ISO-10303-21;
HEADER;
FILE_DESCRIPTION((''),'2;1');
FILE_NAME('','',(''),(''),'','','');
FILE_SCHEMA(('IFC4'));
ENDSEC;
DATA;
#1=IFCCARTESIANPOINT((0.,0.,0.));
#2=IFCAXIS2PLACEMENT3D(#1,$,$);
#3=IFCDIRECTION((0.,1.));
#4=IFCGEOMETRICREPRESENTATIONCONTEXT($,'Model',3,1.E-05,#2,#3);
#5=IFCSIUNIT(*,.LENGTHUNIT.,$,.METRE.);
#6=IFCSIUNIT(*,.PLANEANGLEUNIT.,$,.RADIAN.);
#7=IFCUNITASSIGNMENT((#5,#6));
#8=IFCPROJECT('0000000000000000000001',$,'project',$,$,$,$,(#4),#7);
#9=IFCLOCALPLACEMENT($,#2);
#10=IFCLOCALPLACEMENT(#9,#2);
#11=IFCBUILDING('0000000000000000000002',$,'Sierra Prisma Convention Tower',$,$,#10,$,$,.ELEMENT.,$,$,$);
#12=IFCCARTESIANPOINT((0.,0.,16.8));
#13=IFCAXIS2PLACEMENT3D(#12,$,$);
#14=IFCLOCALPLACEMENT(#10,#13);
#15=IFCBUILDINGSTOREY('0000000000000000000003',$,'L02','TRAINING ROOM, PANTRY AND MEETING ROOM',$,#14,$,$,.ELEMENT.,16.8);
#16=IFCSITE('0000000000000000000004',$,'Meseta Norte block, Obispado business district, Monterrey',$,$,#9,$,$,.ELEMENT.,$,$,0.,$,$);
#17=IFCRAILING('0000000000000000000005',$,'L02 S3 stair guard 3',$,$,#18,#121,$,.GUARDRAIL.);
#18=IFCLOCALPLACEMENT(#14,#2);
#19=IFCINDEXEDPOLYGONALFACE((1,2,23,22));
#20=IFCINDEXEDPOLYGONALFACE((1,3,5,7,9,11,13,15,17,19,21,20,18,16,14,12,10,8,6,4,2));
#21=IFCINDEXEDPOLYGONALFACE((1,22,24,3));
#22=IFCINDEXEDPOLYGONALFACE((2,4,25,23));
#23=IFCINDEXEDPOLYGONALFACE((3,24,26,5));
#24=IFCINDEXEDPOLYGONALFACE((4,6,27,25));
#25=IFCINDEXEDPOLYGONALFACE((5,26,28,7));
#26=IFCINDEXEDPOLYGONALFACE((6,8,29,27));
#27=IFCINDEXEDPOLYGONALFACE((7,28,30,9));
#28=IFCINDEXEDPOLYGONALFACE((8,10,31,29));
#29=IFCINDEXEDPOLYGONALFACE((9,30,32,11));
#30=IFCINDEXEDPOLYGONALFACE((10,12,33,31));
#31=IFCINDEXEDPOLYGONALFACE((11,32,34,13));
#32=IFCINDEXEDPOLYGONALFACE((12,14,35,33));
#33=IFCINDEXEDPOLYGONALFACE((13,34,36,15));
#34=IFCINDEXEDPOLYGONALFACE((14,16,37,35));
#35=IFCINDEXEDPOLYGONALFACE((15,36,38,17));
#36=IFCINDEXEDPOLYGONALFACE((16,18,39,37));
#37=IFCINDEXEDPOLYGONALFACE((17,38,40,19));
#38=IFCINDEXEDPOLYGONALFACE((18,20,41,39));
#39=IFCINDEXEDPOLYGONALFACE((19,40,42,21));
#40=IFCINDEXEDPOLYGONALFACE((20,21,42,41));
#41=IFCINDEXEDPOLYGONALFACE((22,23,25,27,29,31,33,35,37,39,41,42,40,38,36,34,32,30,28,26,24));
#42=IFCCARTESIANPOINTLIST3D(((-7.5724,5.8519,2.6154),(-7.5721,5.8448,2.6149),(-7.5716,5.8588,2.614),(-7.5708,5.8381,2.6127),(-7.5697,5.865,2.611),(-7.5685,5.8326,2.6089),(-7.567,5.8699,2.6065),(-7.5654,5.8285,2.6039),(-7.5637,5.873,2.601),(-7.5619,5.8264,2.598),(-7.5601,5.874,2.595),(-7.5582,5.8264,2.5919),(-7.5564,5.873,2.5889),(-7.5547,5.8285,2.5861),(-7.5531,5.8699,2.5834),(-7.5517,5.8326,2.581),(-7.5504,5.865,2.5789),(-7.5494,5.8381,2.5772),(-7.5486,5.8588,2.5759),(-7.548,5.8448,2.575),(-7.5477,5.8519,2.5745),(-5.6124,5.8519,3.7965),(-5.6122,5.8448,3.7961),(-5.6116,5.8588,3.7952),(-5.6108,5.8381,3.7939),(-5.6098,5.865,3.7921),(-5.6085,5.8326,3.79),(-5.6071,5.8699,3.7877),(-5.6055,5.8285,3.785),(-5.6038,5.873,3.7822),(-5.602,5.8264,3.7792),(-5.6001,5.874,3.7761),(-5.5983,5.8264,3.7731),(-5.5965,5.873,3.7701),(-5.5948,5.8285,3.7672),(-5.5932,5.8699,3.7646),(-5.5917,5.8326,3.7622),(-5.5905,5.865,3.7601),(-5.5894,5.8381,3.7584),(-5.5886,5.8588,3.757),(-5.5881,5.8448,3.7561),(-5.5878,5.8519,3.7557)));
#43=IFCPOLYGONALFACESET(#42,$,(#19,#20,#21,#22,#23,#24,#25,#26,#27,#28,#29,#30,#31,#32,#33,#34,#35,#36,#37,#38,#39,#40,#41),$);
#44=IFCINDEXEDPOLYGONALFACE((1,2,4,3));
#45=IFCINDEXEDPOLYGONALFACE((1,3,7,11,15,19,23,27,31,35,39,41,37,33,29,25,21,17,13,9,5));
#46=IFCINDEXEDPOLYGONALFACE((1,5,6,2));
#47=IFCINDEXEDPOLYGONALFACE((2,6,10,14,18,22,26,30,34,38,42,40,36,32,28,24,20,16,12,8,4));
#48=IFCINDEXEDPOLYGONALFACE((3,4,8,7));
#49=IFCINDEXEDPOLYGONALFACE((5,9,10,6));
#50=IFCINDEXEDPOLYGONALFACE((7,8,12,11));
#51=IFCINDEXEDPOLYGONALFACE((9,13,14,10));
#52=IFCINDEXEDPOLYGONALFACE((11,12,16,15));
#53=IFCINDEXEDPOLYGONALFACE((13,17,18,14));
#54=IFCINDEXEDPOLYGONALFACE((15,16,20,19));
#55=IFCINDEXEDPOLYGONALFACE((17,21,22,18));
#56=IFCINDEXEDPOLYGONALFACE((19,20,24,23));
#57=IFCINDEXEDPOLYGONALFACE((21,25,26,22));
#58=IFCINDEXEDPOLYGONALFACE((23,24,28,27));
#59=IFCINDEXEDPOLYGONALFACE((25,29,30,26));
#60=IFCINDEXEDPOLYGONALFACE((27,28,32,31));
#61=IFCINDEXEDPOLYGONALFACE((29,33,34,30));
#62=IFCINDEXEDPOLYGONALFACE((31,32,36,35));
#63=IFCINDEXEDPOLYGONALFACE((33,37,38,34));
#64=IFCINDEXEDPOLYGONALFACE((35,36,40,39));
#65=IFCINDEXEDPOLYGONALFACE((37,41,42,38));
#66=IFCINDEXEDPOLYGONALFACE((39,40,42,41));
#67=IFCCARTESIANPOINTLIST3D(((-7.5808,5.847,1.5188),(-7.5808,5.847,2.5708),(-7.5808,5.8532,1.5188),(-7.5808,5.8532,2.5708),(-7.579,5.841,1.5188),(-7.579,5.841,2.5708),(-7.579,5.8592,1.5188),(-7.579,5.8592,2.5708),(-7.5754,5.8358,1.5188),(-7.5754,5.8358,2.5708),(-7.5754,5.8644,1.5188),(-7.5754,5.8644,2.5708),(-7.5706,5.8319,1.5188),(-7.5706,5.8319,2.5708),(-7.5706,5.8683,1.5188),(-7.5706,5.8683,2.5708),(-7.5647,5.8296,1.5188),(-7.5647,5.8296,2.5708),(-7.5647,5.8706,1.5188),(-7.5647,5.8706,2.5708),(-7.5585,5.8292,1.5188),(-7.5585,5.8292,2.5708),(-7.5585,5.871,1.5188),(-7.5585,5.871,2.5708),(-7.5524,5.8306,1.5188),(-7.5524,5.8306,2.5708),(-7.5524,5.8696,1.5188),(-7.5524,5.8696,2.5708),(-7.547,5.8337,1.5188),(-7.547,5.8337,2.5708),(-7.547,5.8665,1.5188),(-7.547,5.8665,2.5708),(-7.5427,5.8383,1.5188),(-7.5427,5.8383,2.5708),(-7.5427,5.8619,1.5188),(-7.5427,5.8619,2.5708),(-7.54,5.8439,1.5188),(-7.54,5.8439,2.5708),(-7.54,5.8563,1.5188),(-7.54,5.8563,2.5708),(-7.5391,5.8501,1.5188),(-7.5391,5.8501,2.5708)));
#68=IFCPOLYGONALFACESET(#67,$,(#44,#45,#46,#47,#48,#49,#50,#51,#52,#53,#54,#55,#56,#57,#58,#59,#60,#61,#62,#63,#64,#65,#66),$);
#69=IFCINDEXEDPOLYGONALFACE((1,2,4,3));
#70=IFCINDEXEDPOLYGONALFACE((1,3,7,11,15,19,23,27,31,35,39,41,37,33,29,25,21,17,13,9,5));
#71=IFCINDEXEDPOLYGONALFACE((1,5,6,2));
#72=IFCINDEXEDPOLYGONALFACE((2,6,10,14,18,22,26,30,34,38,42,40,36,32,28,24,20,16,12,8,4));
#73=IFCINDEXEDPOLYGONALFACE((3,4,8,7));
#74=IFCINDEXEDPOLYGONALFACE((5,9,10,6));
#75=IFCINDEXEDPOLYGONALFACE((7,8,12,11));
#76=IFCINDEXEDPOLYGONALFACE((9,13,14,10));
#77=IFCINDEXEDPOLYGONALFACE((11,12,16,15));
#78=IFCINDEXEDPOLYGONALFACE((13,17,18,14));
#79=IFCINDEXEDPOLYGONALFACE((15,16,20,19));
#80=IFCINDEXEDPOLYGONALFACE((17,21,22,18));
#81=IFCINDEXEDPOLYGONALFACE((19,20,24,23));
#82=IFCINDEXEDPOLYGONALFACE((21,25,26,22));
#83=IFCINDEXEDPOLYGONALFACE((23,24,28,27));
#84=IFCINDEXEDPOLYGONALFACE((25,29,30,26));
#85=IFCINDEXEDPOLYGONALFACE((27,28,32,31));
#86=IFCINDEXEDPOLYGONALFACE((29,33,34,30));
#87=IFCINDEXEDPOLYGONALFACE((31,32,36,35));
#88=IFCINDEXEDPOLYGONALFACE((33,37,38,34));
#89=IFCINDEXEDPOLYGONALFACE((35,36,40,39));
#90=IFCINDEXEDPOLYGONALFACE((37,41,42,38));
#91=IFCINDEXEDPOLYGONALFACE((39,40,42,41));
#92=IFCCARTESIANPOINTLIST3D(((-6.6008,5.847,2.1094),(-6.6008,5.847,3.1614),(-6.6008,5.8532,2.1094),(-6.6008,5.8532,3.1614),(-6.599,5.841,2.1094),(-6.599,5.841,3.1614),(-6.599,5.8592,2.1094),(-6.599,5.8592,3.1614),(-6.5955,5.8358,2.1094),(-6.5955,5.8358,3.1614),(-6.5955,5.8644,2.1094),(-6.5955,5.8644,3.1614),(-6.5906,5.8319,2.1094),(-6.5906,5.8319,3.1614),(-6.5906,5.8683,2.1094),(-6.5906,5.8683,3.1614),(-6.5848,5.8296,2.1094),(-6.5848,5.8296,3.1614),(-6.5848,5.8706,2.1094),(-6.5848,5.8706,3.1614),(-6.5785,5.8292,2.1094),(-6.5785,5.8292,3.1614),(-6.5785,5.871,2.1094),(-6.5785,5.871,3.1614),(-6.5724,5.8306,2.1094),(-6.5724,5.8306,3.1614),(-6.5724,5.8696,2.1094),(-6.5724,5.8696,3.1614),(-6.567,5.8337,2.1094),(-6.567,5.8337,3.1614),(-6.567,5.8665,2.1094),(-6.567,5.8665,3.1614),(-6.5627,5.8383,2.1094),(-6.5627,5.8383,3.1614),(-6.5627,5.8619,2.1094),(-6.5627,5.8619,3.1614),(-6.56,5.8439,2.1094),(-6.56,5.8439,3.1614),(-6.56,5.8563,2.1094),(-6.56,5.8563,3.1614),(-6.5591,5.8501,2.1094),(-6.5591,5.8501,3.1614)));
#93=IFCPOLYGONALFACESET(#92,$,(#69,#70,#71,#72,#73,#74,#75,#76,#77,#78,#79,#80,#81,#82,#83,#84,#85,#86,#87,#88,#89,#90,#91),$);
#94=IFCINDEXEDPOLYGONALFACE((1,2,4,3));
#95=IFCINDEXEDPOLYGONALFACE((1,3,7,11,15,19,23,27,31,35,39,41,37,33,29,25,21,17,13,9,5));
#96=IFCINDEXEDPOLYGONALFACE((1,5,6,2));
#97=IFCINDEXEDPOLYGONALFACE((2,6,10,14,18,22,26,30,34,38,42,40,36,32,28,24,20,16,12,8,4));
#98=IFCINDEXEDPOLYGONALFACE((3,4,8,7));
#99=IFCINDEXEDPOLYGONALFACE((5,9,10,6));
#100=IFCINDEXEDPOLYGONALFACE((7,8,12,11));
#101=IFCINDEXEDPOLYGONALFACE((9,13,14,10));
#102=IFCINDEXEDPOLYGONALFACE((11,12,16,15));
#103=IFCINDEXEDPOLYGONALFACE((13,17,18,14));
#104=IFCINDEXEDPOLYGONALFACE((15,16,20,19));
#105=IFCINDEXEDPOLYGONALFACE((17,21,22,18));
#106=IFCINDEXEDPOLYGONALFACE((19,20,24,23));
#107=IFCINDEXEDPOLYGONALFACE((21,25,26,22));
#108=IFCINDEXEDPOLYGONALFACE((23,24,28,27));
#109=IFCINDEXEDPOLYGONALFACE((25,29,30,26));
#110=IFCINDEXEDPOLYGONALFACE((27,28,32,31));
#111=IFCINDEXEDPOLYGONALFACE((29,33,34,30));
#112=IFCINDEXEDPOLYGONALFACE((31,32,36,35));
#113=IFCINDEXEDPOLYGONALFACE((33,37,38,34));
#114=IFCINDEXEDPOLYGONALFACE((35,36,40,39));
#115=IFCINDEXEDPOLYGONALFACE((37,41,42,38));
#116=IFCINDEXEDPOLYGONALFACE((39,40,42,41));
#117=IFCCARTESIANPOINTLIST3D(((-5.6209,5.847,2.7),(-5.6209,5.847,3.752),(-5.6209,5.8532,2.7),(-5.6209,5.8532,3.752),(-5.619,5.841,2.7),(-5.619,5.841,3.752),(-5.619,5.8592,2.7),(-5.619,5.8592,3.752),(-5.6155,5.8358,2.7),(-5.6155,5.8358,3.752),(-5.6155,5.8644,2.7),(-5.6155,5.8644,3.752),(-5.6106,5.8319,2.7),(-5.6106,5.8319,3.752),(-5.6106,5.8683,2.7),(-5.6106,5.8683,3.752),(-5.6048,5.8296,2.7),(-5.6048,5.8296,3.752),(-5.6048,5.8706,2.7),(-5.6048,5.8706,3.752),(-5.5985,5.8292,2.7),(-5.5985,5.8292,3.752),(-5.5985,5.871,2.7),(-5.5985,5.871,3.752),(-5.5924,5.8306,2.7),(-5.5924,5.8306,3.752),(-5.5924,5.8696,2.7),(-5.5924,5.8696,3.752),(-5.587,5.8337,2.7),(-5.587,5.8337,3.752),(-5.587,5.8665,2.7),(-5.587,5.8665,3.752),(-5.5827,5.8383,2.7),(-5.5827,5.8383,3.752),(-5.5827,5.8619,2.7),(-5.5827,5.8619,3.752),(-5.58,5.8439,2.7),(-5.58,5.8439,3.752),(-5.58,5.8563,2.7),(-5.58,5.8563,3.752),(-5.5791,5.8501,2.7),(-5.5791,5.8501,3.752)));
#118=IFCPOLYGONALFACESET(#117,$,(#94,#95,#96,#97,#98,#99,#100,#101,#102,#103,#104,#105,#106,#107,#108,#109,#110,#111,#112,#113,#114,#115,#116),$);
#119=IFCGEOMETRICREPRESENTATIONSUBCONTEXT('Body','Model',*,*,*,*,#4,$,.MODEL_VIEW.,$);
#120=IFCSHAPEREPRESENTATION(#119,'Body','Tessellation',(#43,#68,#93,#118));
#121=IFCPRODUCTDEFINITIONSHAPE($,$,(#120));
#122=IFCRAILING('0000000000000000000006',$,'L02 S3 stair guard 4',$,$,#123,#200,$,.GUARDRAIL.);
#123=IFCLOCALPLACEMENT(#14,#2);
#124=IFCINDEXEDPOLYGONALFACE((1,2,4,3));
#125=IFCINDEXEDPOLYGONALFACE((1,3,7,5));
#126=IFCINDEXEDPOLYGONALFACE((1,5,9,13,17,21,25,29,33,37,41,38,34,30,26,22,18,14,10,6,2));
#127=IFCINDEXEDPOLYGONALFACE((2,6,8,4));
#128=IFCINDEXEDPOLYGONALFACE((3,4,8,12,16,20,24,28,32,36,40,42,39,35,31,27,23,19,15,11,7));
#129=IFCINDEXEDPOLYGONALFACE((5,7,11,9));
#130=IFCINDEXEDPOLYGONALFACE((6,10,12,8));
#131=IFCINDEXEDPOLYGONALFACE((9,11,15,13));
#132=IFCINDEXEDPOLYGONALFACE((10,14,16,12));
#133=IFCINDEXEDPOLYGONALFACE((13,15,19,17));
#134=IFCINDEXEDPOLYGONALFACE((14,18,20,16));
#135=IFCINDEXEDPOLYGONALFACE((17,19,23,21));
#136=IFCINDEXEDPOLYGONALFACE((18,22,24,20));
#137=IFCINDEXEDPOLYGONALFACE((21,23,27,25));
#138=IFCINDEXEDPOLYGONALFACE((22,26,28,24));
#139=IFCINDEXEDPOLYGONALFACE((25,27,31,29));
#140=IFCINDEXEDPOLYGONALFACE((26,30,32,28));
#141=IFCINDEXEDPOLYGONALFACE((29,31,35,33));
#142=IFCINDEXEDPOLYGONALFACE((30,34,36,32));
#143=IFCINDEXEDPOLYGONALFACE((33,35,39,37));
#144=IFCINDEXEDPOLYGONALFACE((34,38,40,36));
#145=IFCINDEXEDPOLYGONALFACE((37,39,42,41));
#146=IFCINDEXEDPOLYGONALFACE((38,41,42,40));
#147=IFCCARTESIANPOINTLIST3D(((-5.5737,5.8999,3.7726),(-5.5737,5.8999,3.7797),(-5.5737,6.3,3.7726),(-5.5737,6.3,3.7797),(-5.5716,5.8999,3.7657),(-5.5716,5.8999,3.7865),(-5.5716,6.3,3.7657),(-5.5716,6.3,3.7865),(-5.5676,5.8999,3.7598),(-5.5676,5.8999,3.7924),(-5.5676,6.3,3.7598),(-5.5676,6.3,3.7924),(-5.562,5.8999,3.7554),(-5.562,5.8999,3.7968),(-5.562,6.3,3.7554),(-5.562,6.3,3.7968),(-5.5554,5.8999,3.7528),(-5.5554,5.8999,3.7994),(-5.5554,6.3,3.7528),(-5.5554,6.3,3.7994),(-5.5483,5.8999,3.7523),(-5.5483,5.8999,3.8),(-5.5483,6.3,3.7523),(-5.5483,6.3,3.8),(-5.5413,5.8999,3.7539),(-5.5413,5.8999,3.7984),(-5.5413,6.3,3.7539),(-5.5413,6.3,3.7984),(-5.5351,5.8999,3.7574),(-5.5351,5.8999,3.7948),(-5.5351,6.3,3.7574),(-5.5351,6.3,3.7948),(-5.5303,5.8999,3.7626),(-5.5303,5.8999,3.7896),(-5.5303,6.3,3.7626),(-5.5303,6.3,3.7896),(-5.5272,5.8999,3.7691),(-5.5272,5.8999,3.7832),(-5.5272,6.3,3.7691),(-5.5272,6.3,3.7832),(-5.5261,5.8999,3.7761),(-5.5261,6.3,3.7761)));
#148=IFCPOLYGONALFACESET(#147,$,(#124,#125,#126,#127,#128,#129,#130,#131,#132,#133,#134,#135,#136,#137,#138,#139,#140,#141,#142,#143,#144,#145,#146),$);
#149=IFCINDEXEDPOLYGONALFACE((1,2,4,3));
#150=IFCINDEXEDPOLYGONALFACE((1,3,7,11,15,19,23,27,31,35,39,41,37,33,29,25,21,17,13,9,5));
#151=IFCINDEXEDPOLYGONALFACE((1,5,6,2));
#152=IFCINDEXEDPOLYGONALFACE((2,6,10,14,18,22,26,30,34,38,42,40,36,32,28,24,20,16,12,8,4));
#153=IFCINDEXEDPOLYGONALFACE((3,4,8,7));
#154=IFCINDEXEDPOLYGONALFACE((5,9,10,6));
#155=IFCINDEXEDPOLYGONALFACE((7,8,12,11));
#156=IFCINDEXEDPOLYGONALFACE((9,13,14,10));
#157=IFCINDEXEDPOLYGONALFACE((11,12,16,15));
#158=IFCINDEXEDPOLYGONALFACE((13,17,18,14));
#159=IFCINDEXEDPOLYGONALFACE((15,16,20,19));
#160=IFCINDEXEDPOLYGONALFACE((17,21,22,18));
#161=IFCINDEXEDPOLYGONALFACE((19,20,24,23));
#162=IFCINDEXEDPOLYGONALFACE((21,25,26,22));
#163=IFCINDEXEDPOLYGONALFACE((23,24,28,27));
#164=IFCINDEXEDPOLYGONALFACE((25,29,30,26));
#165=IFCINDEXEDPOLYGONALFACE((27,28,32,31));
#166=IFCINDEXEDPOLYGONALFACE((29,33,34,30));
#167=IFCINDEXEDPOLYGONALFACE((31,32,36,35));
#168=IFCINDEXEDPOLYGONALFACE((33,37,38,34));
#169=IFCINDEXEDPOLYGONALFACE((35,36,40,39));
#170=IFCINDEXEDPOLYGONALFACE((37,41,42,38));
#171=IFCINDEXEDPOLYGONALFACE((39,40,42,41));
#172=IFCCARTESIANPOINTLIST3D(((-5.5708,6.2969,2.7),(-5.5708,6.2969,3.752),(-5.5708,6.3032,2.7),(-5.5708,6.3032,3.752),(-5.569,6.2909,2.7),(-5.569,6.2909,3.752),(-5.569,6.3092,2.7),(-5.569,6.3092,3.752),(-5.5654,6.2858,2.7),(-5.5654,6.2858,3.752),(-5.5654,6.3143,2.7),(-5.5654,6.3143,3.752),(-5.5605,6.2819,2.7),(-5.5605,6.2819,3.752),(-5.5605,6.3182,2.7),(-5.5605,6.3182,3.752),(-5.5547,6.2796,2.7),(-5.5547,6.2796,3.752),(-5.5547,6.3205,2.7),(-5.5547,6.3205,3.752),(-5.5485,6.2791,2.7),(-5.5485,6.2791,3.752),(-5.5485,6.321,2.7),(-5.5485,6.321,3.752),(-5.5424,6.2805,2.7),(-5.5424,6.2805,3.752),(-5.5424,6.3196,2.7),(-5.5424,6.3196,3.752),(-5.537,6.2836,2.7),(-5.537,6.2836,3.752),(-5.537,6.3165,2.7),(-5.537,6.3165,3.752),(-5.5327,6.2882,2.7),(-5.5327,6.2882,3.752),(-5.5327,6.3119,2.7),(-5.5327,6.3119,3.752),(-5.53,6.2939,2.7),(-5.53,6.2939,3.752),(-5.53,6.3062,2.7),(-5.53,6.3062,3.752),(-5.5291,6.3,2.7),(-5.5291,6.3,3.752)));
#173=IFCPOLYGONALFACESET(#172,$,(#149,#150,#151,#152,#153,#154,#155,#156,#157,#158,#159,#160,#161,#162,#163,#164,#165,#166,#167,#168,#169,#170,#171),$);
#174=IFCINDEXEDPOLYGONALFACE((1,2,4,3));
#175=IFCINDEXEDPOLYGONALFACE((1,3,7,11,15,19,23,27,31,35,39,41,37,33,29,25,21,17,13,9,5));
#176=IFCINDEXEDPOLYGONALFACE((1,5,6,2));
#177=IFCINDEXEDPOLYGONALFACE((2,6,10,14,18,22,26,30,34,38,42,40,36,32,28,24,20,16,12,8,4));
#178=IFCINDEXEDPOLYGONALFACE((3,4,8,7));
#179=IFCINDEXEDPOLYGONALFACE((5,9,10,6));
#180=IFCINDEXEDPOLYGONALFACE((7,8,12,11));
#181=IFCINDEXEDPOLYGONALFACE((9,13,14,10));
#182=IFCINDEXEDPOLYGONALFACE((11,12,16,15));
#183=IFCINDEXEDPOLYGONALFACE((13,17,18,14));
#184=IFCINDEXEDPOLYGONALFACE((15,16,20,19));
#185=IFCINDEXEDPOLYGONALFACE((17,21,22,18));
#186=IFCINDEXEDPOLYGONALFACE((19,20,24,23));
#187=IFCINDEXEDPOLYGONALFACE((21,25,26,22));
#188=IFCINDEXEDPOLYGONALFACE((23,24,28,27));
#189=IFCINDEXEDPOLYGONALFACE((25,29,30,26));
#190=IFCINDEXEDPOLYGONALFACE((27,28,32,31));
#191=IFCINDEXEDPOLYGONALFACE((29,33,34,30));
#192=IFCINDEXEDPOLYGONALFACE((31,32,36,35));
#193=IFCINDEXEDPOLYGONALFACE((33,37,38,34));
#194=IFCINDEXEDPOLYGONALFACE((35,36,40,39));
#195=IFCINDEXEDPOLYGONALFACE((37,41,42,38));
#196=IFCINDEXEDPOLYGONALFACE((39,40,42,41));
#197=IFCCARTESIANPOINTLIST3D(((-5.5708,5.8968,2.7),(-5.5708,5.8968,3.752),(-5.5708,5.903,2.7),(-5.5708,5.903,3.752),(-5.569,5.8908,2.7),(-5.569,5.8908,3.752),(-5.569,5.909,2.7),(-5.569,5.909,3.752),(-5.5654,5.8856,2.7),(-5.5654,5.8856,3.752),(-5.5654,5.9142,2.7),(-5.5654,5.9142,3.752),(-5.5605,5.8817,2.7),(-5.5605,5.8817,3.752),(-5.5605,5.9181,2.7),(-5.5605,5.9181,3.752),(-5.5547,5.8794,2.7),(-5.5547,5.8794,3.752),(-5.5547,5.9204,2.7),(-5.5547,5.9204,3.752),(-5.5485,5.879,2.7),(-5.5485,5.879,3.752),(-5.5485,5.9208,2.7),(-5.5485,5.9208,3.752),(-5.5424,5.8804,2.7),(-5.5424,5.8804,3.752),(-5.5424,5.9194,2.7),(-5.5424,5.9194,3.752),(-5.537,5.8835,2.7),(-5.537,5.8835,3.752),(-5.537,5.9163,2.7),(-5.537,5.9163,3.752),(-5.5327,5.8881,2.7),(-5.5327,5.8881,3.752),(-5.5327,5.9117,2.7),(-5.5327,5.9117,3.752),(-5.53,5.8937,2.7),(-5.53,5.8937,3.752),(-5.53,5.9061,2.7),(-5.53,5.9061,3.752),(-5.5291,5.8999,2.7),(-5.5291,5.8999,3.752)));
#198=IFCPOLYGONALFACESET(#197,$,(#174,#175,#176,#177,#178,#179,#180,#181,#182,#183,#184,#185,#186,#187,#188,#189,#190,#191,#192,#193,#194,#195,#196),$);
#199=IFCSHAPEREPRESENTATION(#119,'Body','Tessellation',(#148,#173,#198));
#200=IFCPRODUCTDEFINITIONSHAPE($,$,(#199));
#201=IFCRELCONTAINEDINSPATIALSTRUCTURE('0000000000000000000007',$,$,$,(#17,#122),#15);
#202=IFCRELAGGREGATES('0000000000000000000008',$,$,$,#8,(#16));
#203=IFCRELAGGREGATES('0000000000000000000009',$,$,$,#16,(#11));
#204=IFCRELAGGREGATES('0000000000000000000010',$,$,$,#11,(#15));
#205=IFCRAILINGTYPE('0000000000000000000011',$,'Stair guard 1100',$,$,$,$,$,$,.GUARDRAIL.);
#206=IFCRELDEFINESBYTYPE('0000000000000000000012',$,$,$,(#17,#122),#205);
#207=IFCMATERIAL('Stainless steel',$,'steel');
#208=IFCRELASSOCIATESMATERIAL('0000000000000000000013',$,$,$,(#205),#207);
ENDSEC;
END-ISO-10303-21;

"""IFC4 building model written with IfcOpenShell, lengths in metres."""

from ifc_helpers import new_model, si_unit, direction, frame, origin, origin_2d, place, context, subcontext, project, spatial, circle, extrude, material, type_object, element, save


model = new_model("IFC4")

# Units and contexts
model_context = context("Model", 3, precision=1e-05, world=origin(), true_north=direction((0.0, 1.0)))
body_context = subcontext(model_context, "Body", "Model", "MODEL_VIEW")
ifc_project = project(units=[si_unit("LENGTHUNIT", "METRE"), si_unit("PLANEANGLEUNIT", "RADIAN")], contexts=[model_context])

# Site, building, storey
site_placement = place(None, origin())
site = spatial("IfcSite", under=ifc_project, at=site_placement, Name="Meseta Norte block, Obispado business district, Monterrey", CompositionType="ELEMENT", RefElevation=0.0)
building_placement = place(site_placement, origin())
building = spatial("IfcBuilding", under=site, at=building_placement, Name="Sierra Prisma Convention Tower", CompositionType="ELEMENT")
storey_placement = place(building_placement, frame((0.0, 0.0, 16.8)))
storey = spatial("IfcBuildingStorey", under=building, at=storey_placement, Name="L02", Description="TRAINING ROOM, PANTRY AND MEETING ROOM", CompositionType="ELEMENT", Elevation=16.8)

# Railings
ifc_material_1 = material(Name="Stainless steel", Category="steel")
railing_type = type_object("IfcRailingType", Name="Stair guard 1100", PredefinedType="GUARDRAIL", material=ifc_material_1)
railing_1_placement = place(storey_placement, frame((-7.5601, 5.8501, 1.5188)))
element("IfcRailing", 1, at=railing_1_placement, inside=storey, type_object=railing_type, Name="L02 S3 stair guard 3", PredefinedType="GUARDRAIL", context=body_context, shape_type="SweptSolid", body=[
    extrude(circle(Radius=0.0239, at=origin_2d()), frame((0.0, 0.0, 1.0762), z_axis=(0.856493, 0.0, 0.516158), x_axis=(0.0, 1.0, 0.0)), (0.0, 0.0, 1.0), 2.2883),
    extrude(circle(Radius=0.021, at=origin_2d()), origin(), (0.0, 0.0, 1.0), 1.052),
    extrude(circle(Radius=0.021, at=origin_2d()), frame((0.98, 0.0, 0.5906)), (0.0, 0.0, 1.0), 1.052),
    extrude(circle(Radius=0.021, at=origin_2d()), frame((1.96, 0.0, 1.1812)), (0.0, 0.0, 1.0), 1.052),
])
railing_2_placement = place(storey_placement, frame((-5.55, 6.3, 2.7)))
element("IfcRailing", 2, at=railing_2_placement, inside=storey, type_object=railing_type, Name="L02 S3 stair guard 4", PredefinedType="GUARDRAIL", context=body_context, shape_type="SweptSolid", body=[
    extrude(circle(Radius=0.0239, at=origin_2d()), frame((0.0, 0.0, 1.0762), z_axis=(0.0, -1.0, 0.0), x_axis=(1.0, 0.0, 0.0)), (0.0, 0.0, 1.0), 0.4001),
    extrude(circle(Radius=0.021, at=origin_2d()), origin(), (0.0, 0.0, 1.0), 1.052),
    extrude(circle(Radius=0.021, at=origin_2d()), frame((0.0, -0.4001, 0.0)), (0.0, 0.0, 1.0), 1.052),
])

save(model, "model.ifc")
